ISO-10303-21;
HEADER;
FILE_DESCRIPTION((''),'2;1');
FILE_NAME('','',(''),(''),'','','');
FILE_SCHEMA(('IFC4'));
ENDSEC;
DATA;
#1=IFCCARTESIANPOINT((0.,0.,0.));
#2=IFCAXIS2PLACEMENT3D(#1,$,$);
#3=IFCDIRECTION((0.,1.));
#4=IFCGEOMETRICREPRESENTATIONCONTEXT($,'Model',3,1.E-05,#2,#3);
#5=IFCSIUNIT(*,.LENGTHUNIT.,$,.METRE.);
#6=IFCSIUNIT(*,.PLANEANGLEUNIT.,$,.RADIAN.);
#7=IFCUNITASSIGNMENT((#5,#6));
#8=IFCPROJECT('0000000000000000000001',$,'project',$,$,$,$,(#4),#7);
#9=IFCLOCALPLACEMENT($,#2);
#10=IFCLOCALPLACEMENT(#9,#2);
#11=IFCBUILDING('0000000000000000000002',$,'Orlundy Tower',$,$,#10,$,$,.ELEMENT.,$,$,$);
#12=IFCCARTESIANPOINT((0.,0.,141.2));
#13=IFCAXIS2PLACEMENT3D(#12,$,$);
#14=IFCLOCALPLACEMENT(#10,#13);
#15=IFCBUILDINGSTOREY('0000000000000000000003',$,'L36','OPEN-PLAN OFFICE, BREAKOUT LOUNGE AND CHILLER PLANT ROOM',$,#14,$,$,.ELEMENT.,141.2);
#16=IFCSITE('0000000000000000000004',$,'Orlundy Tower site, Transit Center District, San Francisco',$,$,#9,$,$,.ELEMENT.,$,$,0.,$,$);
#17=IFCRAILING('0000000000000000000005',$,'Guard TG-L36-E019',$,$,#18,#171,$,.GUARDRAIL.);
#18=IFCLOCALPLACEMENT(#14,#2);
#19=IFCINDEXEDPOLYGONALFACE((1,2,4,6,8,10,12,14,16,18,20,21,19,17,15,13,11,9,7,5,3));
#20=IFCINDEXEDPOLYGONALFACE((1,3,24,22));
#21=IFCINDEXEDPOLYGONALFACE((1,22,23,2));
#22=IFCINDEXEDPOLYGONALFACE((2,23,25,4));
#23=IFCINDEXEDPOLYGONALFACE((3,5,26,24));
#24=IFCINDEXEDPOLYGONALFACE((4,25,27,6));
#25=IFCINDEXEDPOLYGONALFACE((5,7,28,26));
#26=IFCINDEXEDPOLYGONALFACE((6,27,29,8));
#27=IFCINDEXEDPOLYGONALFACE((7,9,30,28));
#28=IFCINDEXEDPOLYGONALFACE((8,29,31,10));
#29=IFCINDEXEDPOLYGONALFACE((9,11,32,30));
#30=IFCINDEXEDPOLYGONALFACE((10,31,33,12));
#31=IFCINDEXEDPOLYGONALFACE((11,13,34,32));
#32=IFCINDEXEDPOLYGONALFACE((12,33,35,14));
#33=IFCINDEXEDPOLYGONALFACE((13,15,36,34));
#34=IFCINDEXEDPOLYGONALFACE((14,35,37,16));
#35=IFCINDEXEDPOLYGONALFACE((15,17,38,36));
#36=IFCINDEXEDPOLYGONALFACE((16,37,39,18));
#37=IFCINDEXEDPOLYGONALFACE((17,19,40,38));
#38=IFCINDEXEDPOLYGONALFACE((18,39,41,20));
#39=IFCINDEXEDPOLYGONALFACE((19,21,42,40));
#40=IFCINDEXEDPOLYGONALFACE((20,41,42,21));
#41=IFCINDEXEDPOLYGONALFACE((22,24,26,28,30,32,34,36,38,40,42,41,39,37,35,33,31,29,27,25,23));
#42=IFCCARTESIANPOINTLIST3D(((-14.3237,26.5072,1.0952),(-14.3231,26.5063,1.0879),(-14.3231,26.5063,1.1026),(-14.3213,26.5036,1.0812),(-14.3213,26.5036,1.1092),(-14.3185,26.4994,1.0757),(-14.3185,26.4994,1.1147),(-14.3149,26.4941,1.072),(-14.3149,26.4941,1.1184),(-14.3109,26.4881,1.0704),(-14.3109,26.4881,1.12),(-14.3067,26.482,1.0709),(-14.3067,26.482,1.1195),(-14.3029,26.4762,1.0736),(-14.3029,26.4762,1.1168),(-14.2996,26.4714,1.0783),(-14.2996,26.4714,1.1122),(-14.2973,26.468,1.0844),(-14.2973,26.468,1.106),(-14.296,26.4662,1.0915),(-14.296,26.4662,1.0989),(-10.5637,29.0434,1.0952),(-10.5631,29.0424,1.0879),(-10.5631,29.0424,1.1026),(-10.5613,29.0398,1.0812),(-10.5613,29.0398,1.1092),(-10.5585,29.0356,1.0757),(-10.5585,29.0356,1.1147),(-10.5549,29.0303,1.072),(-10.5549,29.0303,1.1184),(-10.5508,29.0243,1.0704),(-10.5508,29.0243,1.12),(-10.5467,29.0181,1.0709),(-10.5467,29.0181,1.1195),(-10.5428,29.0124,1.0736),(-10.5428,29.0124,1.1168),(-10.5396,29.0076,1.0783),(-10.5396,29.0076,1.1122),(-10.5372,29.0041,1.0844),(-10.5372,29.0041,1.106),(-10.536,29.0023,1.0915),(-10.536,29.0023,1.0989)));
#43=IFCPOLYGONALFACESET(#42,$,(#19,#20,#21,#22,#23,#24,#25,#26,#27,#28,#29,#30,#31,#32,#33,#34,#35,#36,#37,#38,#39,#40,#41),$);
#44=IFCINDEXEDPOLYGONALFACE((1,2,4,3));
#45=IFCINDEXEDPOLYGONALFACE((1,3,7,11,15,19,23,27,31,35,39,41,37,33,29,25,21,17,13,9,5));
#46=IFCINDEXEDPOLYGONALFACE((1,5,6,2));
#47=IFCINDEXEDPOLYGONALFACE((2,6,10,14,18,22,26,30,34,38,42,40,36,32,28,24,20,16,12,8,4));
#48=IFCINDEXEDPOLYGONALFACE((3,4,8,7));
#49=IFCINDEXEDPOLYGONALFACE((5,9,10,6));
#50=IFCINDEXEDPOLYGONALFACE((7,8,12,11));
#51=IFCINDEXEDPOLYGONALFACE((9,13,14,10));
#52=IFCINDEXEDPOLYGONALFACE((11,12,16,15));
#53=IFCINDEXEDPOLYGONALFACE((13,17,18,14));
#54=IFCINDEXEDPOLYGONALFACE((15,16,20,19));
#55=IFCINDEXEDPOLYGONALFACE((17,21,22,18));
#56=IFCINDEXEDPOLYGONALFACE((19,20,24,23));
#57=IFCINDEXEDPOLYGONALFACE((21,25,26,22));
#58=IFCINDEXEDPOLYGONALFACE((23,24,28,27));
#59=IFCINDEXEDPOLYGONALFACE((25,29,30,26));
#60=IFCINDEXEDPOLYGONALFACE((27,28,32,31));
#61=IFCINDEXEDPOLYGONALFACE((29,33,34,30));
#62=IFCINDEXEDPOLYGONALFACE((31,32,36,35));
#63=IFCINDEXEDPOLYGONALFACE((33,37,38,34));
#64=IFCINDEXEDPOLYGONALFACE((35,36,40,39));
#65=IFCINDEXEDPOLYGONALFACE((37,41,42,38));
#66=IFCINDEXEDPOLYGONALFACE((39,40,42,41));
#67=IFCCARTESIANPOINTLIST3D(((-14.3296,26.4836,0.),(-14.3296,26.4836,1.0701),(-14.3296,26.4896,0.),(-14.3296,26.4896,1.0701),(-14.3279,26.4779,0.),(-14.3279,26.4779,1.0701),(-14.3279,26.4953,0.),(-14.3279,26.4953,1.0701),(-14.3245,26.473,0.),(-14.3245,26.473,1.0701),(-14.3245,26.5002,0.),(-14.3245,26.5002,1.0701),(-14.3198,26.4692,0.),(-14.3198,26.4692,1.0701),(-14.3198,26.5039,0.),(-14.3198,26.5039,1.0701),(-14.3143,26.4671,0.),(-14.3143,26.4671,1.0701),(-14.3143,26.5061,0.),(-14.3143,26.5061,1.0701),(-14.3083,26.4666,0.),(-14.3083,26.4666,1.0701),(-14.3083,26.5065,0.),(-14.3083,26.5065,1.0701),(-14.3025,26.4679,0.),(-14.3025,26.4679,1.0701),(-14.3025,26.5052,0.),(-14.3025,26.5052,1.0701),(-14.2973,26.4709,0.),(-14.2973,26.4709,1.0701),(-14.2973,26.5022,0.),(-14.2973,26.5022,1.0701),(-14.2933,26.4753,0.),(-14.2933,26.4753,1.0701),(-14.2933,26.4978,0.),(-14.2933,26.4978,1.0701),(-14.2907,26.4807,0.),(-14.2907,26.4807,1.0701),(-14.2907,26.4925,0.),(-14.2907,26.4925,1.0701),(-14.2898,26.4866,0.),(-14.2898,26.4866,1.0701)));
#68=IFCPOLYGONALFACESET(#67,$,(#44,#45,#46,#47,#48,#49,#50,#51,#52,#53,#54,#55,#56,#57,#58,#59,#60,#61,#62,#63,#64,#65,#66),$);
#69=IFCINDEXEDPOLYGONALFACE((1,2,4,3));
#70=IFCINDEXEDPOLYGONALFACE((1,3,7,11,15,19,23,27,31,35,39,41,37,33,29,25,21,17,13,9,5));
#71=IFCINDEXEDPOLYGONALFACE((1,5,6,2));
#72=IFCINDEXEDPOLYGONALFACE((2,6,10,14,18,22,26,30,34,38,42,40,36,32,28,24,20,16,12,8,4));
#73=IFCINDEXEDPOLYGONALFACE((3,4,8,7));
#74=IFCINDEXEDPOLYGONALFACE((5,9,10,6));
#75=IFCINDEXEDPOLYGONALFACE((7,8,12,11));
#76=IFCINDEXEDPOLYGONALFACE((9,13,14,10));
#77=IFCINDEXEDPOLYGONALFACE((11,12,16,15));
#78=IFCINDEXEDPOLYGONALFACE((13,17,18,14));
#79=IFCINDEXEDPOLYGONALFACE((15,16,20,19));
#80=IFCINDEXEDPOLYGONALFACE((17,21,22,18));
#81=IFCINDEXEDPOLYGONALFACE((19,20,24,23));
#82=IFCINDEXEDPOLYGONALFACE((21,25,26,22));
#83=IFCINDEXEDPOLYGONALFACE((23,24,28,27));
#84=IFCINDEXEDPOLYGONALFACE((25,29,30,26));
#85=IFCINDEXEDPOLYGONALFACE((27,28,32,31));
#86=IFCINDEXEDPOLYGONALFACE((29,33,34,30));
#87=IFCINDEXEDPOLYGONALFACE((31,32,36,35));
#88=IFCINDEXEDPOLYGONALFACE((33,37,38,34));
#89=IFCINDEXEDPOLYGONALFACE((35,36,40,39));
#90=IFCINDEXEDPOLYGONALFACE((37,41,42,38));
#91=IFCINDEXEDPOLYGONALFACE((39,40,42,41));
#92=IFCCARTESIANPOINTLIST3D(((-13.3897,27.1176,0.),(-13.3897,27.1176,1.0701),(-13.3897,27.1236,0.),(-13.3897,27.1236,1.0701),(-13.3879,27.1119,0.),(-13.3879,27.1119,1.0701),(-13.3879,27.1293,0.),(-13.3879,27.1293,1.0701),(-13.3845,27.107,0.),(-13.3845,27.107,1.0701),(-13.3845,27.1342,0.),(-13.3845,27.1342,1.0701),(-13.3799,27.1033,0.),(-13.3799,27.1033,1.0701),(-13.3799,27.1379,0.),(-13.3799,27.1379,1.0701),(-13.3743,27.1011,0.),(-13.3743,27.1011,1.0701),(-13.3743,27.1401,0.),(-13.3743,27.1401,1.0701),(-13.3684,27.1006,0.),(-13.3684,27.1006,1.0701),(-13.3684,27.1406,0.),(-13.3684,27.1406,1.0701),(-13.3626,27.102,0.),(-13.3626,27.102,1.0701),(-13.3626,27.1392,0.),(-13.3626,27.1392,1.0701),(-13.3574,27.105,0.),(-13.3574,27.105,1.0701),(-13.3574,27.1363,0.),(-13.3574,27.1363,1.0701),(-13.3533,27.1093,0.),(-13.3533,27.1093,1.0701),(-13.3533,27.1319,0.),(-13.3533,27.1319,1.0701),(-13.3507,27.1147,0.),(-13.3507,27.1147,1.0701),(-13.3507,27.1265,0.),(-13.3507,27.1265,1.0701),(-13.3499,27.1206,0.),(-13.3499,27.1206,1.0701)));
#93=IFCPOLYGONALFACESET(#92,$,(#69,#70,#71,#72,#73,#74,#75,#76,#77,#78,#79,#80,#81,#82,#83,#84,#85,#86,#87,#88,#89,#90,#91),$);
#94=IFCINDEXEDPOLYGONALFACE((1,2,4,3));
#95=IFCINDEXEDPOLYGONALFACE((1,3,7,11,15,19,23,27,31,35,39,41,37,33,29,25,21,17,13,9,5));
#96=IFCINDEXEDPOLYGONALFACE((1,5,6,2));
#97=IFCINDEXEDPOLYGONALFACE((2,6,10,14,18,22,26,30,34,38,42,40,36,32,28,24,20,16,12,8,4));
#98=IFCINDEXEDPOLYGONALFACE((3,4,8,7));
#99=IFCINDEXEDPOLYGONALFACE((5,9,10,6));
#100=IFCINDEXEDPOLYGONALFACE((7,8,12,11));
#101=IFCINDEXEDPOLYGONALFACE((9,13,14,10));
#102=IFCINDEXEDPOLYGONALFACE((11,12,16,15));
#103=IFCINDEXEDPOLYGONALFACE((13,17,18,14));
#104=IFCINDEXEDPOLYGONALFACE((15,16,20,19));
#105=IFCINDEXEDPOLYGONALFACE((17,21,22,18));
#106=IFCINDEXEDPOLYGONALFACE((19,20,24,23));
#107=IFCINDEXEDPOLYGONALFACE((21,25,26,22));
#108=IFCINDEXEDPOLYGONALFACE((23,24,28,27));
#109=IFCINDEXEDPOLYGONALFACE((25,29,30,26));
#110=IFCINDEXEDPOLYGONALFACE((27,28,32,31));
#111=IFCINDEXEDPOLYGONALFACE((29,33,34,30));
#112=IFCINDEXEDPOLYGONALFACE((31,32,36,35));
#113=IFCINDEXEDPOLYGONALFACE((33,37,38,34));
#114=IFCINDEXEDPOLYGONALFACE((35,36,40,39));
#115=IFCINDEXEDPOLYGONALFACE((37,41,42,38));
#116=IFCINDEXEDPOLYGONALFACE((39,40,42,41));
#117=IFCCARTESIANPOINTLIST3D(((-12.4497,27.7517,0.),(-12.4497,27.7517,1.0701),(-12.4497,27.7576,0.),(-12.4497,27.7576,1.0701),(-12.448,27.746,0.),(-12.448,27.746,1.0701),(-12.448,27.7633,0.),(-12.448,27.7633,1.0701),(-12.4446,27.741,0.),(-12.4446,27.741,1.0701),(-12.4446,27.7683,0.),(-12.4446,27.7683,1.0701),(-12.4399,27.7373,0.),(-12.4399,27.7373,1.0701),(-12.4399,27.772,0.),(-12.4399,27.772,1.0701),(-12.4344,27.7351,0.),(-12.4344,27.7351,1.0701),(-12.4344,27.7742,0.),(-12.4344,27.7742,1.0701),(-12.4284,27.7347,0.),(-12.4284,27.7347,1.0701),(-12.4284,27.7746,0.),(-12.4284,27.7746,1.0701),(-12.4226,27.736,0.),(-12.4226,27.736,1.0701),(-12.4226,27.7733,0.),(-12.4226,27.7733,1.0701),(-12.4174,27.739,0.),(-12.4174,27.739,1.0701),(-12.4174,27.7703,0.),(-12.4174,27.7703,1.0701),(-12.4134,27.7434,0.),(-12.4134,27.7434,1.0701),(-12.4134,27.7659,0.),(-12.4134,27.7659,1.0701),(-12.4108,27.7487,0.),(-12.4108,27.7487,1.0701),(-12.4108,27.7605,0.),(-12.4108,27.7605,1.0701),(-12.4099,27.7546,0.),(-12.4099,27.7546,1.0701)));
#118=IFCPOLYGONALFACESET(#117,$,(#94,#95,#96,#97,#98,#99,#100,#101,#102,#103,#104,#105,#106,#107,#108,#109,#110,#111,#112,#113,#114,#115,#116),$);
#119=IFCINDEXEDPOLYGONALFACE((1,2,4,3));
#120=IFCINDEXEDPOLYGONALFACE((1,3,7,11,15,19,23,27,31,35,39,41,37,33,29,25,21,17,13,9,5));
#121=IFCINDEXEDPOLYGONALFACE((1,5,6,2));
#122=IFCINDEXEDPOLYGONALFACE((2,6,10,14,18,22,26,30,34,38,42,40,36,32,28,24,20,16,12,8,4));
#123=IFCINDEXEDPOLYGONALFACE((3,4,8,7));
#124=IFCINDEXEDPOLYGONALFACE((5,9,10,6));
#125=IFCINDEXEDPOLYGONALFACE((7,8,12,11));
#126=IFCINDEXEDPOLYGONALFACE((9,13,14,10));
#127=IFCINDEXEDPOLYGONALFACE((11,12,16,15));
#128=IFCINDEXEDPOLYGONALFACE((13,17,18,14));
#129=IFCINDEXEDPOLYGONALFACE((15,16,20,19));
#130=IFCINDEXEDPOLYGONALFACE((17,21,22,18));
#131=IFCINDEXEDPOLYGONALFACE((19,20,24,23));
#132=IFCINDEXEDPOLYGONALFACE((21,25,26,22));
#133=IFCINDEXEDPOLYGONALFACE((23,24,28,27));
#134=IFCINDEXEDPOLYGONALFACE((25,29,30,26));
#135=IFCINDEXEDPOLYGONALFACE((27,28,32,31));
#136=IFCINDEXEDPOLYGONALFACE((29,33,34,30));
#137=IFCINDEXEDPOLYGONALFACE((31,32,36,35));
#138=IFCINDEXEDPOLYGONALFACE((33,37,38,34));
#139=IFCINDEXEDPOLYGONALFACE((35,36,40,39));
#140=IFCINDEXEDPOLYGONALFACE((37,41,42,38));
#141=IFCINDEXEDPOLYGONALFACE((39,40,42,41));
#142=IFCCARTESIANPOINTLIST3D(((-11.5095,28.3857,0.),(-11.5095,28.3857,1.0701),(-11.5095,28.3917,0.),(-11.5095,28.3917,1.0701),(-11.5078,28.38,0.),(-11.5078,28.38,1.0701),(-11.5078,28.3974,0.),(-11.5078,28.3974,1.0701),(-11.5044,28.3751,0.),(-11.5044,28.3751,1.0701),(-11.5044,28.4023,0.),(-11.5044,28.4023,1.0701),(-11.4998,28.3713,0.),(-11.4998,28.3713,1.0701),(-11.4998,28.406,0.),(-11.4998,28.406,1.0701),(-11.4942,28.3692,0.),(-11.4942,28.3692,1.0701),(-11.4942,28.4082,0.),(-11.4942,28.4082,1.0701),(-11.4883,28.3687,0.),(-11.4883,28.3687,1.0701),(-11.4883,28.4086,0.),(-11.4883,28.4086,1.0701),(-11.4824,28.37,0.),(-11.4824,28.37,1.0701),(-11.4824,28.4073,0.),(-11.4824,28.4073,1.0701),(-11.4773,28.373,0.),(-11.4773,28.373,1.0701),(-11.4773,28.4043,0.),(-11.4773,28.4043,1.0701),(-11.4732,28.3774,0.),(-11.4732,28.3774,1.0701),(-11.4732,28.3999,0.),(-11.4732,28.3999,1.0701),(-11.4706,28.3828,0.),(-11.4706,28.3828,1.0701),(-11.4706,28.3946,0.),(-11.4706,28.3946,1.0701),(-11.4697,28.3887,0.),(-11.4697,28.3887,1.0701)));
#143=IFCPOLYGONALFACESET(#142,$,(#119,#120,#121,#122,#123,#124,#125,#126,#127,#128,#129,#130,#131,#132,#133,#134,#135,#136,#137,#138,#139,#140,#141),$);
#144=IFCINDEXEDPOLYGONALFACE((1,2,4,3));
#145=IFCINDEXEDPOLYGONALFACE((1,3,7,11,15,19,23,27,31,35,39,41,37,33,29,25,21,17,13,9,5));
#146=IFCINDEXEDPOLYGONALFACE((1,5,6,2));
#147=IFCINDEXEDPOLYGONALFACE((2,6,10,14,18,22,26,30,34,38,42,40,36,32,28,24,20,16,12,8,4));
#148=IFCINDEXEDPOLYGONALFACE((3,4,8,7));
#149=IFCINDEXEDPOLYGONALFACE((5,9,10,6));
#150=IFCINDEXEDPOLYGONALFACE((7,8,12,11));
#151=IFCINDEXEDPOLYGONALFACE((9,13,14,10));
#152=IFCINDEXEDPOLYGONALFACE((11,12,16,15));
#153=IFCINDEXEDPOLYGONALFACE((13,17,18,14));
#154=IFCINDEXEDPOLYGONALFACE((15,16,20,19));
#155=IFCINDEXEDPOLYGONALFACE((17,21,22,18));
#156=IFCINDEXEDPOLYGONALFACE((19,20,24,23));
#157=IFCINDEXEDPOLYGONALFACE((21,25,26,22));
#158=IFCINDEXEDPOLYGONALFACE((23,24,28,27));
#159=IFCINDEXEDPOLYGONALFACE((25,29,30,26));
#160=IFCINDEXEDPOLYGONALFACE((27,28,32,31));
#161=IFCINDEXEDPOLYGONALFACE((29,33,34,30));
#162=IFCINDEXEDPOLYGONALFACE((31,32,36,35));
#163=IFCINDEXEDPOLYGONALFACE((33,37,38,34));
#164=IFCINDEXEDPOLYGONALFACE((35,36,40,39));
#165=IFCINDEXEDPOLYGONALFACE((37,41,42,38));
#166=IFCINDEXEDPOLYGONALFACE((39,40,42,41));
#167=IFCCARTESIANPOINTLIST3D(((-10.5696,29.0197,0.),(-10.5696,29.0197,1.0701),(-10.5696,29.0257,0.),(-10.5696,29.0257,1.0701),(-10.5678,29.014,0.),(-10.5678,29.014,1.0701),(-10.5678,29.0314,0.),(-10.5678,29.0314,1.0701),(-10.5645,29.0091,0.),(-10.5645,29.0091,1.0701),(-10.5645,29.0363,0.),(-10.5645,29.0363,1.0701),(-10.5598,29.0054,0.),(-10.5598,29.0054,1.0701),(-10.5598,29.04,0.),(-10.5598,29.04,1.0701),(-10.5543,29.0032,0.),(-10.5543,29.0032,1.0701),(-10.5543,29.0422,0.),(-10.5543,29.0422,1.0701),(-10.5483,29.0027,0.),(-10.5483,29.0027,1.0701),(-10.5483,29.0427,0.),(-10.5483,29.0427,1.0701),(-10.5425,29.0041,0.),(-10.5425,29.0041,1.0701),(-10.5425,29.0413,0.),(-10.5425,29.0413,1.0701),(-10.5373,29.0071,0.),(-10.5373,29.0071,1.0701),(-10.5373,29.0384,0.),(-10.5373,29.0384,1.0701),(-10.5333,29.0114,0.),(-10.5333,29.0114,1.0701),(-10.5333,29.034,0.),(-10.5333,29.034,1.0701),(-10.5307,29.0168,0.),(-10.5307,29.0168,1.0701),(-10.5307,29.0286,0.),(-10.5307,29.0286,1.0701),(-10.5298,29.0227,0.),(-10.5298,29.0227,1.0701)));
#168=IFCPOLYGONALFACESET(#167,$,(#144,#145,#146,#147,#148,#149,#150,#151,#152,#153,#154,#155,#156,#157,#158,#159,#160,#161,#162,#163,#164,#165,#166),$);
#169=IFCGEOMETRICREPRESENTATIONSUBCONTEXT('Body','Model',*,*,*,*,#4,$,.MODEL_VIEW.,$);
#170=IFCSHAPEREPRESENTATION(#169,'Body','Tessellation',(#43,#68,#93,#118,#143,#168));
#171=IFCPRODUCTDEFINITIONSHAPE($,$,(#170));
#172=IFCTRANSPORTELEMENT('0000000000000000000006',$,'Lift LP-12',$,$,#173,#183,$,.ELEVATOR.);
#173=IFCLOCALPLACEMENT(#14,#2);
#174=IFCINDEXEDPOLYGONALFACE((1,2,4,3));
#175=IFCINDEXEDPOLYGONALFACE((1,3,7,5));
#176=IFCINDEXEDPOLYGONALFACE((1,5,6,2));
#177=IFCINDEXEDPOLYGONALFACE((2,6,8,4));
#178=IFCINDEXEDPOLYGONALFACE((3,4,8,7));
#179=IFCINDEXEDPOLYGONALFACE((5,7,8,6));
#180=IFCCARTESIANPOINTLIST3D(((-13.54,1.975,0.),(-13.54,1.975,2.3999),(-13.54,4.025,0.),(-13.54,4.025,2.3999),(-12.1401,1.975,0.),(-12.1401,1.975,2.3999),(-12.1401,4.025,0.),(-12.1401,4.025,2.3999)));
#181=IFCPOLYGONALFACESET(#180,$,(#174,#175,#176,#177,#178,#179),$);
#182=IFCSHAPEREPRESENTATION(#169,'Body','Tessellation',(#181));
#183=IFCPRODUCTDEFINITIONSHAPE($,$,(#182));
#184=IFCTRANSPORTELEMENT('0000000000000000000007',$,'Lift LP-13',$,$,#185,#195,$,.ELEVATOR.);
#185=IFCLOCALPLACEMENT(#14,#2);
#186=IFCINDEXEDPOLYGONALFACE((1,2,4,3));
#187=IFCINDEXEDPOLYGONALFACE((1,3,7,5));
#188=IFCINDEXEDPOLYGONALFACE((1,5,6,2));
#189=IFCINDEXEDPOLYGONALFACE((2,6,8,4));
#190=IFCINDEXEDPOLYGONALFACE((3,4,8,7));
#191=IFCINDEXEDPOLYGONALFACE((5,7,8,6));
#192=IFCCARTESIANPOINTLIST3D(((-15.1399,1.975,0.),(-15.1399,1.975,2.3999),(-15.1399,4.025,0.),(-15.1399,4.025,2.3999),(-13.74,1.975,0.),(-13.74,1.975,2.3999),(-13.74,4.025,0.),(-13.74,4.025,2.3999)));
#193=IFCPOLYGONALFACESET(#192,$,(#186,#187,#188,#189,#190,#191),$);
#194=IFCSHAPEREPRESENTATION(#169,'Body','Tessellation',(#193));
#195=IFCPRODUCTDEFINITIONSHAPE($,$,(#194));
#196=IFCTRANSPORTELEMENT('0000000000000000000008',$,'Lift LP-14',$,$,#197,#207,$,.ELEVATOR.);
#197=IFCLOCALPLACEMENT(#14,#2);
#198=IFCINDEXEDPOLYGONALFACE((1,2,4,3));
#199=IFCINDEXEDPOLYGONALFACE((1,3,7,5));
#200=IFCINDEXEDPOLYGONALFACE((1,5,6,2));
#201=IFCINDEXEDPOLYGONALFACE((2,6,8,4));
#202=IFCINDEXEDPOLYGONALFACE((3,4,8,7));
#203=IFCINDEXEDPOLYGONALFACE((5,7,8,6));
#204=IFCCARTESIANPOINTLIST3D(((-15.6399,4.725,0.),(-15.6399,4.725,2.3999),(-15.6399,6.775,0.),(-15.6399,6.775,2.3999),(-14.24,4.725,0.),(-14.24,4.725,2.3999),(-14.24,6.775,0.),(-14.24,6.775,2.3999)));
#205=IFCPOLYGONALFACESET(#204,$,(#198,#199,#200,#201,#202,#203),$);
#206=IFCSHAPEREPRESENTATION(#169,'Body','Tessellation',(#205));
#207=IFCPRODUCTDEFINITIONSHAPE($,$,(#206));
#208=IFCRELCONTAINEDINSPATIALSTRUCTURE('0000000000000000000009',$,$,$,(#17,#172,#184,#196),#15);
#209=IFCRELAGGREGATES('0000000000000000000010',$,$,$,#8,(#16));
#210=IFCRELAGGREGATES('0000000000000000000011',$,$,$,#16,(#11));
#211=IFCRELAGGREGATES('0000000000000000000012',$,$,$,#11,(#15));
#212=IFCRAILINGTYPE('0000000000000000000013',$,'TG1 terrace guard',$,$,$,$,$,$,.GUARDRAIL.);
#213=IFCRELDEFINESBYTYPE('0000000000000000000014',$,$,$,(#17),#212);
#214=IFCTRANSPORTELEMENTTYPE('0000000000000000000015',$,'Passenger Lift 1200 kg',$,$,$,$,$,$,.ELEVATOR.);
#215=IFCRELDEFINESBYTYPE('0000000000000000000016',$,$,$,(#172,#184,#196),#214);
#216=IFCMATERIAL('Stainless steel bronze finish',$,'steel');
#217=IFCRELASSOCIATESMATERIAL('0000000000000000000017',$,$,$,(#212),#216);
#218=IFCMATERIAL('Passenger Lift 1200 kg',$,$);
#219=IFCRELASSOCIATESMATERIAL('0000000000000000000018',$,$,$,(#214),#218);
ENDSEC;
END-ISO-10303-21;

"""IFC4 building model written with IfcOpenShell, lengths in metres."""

from ifc_helpers import new_model, si_unit, direction, frame, origin, origin_2d, place, context, subcontext, project, spatial, rectangle, circle, extrude, material, type_object, element, save


model = new_model("IFC4")

# Units and contexts
model_context = context("Model", 3, precision=1e-05, world=origin(), true_north=direction((0.0, 1.0)))
body_context = subcontext(model_context, "Body", "Model", "MODEL_VIEW")
ifc_project = project(units=[si_unit("LENGTHUNIT", "METRE"), si_unit("PLANEANGLEUNIT", "RADIAN")], contexts=[model_context])

# Site, building, storey
site_placement = place(None, origin())
site = spatial("IfcSite", under=ifc_project, at=site_placement, Name="Orlundy Tower site, Transit Center District, San Francisco", CompositionType="ELEMENT", RefElevation=0.0)
building_placement = place(site_placement, origin())
building = spatial("IfcBuilding", under=site, at=building_placement, Name="Orlundy Tower", CompositionType="ELEMENT")
storey_placement = place(building_placement, frame((0.0, 0.0, 141.2)))
storey = spatial("IfcBuildingStorey", under=building, at=storey_placement, Name="L36", Description="OPEN-PLAN OFFICE, BREAKOUT LOUNGE AND CHILLER PLANT ROOM", CompositionType="ELEMENT", Elevation=141.2)

# Railing
ifc_material_1 = material(Name="Stainless steel bronze finish", Category="steel")
railing_type = type_object("IfcRailingType", Name="TG1 terrace guard", PredefinedType="GUARDRAIL", material=ifc_material_1)
railing_1_placement = place(storey_placement, frame((-14.3098, 26.4866, 0.0)))
element("IfcRailing", 1, at=railing_1_placement, inside=storey, type_object=railing_type, Name="Guard TG-L36-E019", PredefinedType="GUARDRAIL", context=body_context, shape_type="SweptSolid", body=[
    extrude(circle(Radius=0.0249, at=origin_2d()), frame((0.0, 0.0, 1.0952), z_axis=(0.82904, 0.559189, 0.0), x_axis=(-0.559189, 0.82904, 0.0)), (0.0, 0.0, 1.0), 4.5354),
    extrude(circle(Radius=0.02, at=origin_2d()), origin(), (0.0, 0.0, 1.0), 1.0701),
    extrude(circle(Radius=0.02, at=origin_2d()), frame((0.9399, 0.634, 0.0)), (0.0, 0.0, 1.0), 1.0701),
    extrude(circle(Radius=0.02, at=origin_2d()), frame((1.8799, 1.2681, 0.0)), (0.0, 0.0, 1.0), 1.0701),
    extrude(circle(Radius=0.02, at=origin_2d()), frame((2.8201, 1.9021, 0.0)), (0.0, 0.0, 1.0), 1.0701),
    extrude(circle(Radius=0.02, at=origin_2d()), frame((3.76, 2.5361, 0.0)), (0.0, 0.0, 1.0), 1.0701),
])

# Transport elements
ifc_material_2 = material(Name="Passenger Lift 1200 kg")
transport_element_type = type_object("IfcTransportElementType", Name="Passenger Lift 1200 kg", PredefinedType="ELEVATOR", material=ifc_material_2)
for number, where, z_axis, x_axis, name in (
    (2, (-12.8401, 3.0, 0.0), (0.0, 0.0, 1.0), (1.0, 0.0, 0.0), "Lift LP-12"),
    (3, (-14.4399, 3.0, 0.0), (0.0, 0.0, 1.0), (1.0, 0.0, 0.0), "Lift LP-13"),
    (4, (-14.9399, 5.75, 0.0), (0.0, 0.0, 1.0), (1.0, 0.0, 0.0), "Lift LP-14"),
):
    element("IfcTransportElement", number, at=place(storey_placement, frame(where, z_axis=z_axis, x_axis=x_axis)), inside=storey, type_object=transport_element_type, Name=name, PredefinedType="ELEVATOR", context=body_context, shape_type="SweptSolid", body=[
        extrude(rectangle(XDim=1.3999, YDim=2.05, at=origin_2d()), origin(), (0.0, 0.0, 1.0), 2.3999),
    ])

save(model, "model.ifc")
